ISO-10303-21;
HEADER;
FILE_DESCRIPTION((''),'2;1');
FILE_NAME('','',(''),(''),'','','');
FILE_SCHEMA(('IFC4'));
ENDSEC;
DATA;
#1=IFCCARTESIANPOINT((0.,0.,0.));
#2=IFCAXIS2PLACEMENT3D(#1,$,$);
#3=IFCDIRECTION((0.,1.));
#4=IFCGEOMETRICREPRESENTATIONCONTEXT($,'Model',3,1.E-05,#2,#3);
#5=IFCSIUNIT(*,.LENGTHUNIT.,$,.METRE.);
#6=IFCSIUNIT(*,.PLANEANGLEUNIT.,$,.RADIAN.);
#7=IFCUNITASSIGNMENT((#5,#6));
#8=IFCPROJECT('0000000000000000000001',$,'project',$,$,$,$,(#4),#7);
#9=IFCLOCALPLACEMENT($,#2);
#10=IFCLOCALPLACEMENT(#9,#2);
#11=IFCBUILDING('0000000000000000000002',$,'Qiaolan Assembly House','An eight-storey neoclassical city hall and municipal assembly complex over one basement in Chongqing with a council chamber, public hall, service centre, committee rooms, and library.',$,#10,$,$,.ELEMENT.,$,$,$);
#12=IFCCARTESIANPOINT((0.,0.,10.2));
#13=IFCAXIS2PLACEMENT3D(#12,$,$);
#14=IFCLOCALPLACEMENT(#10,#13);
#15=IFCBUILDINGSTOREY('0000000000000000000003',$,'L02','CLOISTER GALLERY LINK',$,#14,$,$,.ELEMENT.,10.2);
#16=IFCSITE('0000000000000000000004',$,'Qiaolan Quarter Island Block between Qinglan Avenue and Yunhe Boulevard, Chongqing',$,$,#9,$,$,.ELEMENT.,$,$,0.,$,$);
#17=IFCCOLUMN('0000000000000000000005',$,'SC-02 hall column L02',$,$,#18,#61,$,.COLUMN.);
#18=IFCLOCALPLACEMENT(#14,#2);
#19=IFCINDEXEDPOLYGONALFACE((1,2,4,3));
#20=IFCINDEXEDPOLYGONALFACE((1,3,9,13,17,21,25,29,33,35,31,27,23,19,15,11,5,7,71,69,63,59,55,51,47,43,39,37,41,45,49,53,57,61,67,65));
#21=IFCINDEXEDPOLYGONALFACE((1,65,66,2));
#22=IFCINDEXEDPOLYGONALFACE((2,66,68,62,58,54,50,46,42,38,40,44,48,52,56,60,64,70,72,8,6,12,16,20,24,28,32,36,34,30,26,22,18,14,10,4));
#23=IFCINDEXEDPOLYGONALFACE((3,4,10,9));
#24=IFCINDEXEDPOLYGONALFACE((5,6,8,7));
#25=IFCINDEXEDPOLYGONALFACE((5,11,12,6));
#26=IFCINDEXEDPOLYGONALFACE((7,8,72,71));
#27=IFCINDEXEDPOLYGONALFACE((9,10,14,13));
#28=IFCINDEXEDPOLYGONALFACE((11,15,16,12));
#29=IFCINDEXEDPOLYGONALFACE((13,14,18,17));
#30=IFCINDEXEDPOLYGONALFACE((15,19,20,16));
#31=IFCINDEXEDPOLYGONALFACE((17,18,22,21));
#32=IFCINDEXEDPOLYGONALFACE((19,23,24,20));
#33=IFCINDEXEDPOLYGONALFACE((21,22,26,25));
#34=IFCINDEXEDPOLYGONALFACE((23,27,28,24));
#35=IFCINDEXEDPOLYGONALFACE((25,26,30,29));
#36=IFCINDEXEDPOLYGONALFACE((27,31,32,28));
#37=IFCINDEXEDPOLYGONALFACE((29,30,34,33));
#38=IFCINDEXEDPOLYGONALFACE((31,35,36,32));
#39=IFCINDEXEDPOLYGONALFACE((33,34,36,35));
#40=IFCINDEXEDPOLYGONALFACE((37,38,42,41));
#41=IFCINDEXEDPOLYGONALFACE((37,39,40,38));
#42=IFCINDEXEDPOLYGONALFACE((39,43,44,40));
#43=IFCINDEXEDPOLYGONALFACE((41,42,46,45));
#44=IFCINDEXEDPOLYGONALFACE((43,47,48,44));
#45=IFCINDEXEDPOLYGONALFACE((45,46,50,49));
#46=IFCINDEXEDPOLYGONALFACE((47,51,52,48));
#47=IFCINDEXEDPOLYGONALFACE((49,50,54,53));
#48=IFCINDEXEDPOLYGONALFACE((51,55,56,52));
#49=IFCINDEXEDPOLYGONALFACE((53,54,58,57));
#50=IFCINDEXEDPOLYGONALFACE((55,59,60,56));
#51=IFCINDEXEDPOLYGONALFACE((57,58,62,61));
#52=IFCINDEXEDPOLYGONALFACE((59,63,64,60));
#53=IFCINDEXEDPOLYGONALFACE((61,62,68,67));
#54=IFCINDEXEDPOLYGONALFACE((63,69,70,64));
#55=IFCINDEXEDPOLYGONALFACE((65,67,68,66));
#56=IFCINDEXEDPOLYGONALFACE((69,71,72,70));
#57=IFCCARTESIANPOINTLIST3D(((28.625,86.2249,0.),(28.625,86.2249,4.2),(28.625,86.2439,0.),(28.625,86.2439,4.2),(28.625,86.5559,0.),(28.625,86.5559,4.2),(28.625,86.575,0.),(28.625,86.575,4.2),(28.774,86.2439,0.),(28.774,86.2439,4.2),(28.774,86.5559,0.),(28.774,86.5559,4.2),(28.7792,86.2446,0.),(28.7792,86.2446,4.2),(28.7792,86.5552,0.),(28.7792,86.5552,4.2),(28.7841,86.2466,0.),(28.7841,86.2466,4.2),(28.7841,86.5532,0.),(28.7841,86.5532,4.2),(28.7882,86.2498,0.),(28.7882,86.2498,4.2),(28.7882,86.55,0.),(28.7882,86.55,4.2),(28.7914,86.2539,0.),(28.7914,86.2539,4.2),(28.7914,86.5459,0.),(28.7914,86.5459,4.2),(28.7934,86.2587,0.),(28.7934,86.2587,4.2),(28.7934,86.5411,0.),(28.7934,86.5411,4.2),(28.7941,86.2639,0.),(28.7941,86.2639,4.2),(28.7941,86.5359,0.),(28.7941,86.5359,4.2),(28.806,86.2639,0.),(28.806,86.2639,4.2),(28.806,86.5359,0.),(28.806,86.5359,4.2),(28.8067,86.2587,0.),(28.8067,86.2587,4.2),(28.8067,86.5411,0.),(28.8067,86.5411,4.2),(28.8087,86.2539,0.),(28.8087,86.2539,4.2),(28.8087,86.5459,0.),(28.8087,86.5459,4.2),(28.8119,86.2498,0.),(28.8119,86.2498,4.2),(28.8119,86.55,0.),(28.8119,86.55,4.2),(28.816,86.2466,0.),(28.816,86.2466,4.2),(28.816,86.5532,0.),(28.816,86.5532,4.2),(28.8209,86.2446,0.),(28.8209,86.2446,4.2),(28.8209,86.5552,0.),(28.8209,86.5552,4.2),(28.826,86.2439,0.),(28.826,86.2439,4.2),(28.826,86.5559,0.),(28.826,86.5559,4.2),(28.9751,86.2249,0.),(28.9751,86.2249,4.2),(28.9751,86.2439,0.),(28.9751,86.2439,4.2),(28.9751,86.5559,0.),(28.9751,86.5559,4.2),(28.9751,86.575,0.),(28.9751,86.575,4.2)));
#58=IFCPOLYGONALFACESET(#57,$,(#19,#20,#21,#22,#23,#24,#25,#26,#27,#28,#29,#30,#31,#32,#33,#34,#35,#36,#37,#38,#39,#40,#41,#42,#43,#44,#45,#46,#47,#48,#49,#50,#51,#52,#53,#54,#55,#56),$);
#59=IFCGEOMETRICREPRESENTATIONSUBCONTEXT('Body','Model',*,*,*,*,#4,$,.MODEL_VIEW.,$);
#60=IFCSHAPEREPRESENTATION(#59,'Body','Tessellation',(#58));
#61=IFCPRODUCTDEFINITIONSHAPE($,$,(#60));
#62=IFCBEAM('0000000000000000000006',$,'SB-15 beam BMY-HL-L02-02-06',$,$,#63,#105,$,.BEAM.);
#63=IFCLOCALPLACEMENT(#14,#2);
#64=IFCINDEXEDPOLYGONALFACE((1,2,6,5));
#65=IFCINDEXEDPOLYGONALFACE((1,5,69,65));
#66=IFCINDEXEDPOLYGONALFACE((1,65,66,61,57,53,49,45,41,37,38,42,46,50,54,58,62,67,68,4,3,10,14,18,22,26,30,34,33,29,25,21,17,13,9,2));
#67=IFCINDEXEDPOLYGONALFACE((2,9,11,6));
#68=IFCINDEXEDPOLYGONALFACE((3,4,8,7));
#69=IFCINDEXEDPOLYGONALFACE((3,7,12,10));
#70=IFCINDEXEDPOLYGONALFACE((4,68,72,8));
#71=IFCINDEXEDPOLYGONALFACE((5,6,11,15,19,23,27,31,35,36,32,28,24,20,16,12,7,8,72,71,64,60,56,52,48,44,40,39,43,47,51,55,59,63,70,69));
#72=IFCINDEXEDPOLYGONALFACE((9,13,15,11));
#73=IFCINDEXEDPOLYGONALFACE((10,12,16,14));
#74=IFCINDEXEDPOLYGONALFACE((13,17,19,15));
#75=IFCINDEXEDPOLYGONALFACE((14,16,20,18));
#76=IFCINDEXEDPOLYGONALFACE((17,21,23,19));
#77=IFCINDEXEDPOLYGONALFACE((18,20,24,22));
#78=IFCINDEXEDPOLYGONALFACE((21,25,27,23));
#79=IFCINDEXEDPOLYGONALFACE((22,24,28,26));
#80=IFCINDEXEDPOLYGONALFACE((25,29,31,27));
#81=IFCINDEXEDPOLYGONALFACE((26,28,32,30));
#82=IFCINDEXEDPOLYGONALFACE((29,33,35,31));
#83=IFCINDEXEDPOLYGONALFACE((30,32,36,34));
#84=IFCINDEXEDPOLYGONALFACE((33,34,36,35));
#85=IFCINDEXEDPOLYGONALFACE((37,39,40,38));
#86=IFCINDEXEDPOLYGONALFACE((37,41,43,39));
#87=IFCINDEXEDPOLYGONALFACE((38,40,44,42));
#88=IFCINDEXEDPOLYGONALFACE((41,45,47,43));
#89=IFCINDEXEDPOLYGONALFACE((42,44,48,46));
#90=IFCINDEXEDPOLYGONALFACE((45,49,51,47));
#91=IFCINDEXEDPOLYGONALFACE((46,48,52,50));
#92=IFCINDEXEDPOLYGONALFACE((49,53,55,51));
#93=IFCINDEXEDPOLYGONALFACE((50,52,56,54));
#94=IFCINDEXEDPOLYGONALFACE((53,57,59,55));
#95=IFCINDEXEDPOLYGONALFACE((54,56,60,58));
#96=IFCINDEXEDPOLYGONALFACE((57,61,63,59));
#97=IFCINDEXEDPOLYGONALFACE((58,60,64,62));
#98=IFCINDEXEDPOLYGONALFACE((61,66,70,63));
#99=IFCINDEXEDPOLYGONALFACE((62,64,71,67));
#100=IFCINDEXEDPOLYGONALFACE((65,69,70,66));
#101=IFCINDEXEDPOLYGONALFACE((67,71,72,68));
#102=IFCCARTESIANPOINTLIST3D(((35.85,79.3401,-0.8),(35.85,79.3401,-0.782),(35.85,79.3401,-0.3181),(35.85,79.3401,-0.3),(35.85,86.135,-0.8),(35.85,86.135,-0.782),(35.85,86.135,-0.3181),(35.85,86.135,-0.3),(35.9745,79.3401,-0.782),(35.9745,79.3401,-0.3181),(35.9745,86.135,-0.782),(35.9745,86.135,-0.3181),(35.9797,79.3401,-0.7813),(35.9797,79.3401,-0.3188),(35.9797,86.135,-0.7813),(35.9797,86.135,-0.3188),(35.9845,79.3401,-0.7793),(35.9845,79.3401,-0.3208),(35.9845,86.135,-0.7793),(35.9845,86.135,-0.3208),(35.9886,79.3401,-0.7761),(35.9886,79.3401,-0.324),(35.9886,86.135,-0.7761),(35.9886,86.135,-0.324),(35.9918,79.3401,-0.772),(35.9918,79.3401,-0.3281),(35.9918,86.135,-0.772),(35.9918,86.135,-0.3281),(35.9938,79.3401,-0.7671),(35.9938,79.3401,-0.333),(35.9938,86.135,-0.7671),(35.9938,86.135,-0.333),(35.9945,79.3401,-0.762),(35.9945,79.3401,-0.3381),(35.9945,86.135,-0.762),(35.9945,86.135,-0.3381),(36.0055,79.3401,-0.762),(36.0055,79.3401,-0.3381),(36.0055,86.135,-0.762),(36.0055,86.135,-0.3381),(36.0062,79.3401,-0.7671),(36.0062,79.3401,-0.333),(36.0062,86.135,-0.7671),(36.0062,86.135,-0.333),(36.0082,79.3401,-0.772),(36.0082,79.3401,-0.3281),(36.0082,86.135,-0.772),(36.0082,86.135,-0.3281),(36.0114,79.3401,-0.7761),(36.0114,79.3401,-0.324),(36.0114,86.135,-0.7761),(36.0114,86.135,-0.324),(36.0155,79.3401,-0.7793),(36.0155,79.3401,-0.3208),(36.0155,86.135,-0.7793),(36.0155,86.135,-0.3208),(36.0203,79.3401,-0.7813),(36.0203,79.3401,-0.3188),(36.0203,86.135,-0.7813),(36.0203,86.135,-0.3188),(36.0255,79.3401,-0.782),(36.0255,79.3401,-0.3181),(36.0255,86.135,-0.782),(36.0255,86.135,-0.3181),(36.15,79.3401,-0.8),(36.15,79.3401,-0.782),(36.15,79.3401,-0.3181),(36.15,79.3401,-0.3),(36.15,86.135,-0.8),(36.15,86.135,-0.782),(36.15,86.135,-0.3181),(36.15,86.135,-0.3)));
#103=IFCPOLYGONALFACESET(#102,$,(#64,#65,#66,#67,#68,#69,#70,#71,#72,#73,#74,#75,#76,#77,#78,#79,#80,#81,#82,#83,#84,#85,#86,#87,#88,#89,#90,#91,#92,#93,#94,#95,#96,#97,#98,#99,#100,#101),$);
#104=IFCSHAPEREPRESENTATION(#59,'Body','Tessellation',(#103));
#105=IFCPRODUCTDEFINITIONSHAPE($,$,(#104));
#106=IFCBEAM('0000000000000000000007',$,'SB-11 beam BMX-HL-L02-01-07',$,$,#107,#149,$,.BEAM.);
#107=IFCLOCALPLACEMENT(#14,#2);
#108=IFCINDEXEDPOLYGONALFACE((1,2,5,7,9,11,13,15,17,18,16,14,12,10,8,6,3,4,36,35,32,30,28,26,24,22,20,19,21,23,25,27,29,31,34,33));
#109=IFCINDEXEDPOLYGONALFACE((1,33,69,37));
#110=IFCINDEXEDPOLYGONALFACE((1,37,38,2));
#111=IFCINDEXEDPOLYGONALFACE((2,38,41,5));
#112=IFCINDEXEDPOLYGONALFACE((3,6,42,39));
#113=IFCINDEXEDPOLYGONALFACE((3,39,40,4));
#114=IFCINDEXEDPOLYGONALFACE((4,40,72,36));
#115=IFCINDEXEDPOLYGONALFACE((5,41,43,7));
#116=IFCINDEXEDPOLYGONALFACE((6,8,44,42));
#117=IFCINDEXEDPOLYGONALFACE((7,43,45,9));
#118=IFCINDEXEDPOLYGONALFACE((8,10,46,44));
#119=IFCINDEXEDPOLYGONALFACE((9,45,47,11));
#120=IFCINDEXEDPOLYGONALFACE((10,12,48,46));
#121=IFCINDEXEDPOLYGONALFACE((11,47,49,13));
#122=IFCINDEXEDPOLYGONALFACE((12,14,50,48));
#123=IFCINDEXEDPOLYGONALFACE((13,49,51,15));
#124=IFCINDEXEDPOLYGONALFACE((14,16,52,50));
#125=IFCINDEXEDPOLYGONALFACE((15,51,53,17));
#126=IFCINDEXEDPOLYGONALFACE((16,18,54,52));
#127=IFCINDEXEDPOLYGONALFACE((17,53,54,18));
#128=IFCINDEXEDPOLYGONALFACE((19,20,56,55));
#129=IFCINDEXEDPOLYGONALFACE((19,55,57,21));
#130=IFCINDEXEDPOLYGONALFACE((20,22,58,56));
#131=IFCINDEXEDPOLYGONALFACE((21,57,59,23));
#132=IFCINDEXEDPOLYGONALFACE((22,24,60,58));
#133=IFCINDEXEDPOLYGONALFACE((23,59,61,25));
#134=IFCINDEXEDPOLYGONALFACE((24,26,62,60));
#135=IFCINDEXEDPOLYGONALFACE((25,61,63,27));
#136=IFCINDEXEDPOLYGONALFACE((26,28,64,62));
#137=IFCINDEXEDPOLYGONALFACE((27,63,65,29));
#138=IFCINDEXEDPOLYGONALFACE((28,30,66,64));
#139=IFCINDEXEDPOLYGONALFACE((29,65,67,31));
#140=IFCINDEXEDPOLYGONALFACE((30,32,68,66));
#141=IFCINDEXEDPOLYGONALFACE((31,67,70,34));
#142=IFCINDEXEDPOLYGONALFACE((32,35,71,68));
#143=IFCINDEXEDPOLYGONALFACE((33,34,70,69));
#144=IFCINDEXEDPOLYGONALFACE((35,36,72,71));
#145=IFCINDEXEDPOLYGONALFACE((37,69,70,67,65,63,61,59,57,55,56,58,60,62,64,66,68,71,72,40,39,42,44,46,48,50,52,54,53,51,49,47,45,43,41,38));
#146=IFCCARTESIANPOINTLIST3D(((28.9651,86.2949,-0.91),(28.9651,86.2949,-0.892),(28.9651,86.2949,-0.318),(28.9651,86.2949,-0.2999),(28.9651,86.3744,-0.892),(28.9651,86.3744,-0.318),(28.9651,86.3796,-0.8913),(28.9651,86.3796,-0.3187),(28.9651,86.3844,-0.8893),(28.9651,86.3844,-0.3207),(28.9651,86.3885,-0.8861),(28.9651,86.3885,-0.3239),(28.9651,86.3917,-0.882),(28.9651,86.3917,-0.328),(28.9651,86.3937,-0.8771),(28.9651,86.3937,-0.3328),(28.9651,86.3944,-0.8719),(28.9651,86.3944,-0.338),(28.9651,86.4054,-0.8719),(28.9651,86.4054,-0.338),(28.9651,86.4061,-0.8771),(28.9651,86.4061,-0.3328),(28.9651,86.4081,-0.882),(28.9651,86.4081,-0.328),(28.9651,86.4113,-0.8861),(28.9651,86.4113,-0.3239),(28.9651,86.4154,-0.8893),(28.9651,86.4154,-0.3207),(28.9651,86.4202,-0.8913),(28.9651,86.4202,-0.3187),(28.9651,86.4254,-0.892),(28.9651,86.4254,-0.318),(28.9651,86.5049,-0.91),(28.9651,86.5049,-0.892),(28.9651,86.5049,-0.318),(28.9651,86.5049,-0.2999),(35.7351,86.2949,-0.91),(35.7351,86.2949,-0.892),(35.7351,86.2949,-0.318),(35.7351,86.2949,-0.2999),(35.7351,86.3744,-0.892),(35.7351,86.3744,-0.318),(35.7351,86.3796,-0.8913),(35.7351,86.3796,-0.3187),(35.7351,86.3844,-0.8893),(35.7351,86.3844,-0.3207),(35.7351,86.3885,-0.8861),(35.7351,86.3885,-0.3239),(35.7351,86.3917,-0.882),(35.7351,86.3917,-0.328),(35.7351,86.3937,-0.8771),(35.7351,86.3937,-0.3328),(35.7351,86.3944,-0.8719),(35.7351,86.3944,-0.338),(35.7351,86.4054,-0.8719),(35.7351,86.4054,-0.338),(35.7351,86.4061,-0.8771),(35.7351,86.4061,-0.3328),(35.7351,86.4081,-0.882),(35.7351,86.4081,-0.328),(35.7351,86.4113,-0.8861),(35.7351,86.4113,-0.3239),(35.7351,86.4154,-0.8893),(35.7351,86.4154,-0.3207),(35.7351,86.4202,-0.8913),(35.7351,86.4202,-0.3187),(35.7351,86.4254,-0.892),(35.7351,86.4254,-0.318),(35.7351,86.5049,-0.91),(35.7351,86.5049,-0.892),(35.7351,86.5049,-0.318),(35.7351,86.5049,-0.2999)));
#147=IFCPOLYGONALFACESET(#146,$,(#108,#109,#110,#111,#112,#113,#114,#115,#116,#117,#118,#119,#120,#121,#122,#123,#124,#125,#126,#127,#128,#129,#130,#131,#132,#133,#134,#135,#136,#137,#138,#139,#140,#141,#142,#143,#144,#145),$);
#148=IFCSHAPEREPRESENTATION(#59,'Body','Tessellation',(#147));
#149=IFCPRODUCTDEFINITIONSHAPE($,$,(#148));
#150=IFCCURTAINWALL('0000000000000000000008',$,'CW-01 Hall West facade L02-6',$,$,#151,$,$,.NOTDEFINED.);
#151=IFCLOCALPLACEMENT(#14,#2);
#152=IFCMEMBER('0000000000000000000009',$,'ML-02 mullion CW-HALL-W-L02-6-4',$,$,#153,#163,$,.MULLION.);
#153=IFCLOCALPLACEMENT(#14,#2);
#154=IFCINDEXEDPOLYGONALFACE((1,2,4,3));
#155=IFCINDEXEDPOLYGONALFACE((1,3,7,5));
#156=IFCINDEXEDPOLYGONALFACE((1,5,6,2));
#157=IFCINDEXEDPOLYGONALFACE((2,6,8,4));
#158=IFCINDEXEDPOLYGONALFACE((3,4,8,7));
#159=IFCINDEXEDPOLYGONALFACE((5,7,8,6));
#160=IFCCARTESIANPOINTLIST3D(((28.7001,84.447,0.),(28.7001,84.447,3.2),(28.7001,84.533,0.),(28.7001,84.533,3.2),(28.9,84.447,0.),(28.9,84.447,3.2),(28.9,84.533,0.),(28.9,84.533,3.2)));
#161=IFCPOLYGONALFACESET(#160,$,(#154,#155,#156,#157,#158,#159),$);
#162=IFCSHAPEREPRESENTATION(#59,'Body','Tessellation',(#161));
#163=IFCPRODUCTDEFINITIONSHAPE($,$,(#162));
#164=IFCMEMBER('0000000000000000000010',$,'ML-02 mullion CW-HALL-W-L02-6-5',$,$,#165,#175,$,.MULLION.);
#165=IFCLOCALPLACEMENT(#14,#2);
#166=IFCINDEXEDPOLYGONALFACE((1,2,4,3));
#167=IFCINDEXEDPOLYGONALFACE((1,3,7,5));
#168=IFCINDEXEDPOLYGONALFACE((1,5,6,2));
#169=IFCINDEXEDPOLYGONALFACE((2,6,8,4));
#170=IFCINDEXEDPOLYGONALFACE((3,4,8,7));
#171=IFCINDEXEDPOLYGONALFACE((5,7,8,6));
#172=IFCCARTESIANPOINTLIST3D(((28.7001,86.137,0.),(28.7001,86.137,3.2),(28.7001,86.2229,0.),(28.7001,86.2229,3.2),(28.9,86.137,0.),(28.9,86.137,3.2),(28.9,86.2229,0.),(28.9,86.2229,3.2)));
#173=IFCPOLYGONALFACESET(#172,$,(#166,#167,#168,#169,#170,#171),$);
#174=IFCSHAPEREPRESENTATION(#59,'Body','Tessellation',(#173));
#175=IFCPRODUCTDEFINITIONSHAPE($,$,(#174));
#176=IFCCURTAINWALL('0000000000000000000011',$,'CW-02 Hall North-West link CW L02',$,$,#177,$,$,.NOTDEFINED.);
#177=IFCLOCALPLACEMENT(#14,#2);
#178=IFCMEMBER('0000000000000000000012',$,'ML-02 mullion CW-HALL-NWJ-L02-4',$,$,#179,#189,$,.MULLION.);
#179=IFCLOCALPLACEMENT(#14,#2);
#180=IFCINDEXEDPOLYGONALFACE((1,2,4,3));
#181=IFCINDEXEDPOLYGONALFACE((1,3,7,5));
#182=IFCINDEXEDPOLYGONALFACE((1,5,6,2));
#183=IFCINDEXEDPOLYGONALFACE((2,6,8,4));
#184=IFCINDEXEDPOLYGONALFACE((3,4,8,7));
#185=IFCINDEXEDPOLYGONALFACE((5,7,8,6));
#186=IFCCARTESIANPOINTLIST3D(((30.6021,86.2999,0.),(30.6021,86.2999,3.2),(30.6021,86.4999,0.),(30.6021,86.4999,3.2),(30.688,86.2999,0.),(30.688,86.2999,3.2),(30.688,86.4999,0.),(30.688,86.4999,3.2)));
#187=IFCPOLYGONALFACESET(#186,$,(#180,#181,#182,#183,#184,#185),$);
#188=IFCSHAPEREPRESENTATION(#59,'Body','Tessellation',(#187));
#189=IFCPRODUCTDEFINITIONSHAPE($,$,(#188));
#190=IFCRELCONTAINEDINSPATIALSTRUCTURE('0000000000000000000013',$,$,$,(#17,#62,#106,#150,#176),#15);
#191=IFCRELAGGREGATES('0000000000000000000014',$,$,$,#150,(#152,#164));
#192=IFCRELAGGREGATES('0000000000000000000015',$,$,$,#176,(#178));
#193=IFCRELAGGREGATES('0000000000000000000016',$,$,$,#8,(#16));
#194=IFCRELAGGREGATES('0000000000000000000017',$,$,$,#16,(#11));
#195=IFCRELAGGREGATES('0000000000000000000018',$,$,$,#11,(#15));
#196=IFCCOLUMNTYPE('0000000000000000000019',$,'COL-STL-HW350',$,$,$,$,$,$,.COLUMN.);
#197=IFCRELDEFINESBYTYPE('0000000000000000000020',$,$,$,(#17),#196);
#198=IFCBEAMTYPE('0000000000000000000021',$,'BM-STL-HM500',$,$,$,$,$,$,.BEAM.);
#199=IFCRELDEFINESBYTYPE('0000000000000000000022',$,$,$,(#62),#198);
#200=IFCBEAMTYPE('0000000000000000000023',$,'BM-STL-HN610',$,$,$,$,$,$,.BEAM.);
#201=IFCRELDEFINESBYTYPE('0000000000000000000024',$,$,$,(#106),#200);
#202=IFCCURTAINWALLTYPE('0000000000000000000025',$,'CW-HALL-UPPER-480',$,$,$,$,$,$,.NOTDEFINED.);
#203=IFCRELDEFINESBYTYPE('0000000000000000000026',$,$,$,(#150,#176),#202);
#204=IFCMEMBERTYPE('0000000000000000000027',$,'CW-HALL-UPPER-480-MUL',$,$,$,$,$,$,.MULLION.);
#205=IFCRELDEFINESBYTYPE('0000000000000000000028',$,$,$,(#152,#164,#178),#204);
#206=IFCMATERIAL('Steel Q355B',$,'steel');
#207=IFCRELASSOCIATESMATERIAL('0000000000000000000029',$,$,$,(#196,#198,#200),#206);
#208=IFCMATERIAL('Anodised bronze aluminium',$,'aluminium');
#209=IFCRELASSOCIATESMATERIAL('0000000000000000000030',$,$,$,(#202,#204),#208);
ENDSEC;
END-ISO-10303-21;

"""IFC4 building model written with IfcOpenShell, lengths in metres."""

from ifc_helpers import new_model, si_unit, direction, frame, origin, origin_2d, place, context, subcontext, project, spatial, rectangle, i_section, extrude, material, material_profile, profile_set, type_object, element, aggregate, save


model = new_model("IFC4")

# Units and contexts
model_context = context("Model", 3, precision=1e-05, world=origin(), true_north=direction((0.0, 1.0)))
body_context = subcontext(model_context, "Body", "Model", "MODEL_VIEW")
ifc_project = project(units=[si_unit("LENGTHUNIT", "METRE"), si_unit("PLANEANGLEUNIT", "RADIAN")], contexts=[model_context])

# Site, building, storey
site_placement = place(None, origin())
site = spatial("IfcSite", under=ifc_project, at=site_placement, Name="Qiaolan Quarter Island Block between Qinglan Avenue and Yunhe Boulevard, Chongqing", CompositionType="ELEMENT", RefElevation=0.0)
building_placement = place(site_placement, origin())
building = spatial("IfcBuilding", under=site, at=building_placement, Name="Qiaolan Assembly House", Description="An eight-storey neoclassical city hall and municipal assembly complex over one basement in Chongqing with a council chamber, public hall, service centre, committee rooms, and library.", CompositionType="ELEMENT")
storey_placement = place(building_placement, frame((0.0, 0.0, 10.2)))
storey = spatial("IfcBuildingStorey", under=building, at=storey_placement, Name="L02", Description="CLOISTER GALLERY LINK", CompositionType="ELEMENT", Elevation=10.2)

# Column
ifc_material_1 = material(Name="Steel Q355B", Category="steel")
ifc_material_profile_1 = material_profile(ifc_material_1, i_section(OverallWidth=0.3501, OverallDepth=0.3501, WebThickness=0.012, FlangeThickness=0.019, FilletRadius=0.02, at=origin_2d()), Name="HW 350x350x12x19")
ifc_profile_set_1 = profile_set([ifc_material_profile_1], Name="Steel Q355B")
column_type = type_object("IfcColumnType", Name="COL-STL-HW350", PredefinedType="COLUMN", material=ifc_profile_set_1)
column_placement = place(storey_placement, frame((28.8, 86.3999, 0.0), z_axis=(0.0, 0.0, 1.0), x_axis=(1.0, 0.0, 0.0)))
element("IfcColumn", 1, at=column_placement, inside=storey, type_object=column_type, Name="SC-02 hall column L02", PredefinedType="COLUMN", context=body_context, shape_type="SweptSolid", body=[
    extrude(i_section(OverallWidth=0.3501, OverallDepth=0.3501, WebThickness=0.012, FlangeThickness=0.019, FilletRadius=0.02, at=origin_2d()), origin(), (0.0, 0.0, 1.0), 4.2),
])

# Beams
ifc_material_profile_2 = material_profile(ifc_material_1, i_section(OverallWidth=0.3, OverallDepth=0.5, WebThickness=0.011, FlangeThickness=0.0181, FilletRadius=0.02, at=origin_2d()), Name="HM 500x300x11x18")
ifc_profile_set_2 = profile_set([ifc_material_profile_2], Name="Steel Q355B")
beam_type_1 = type_object("IfcBeamType", Name="BM-STL-HM500", PredefinedType="BEAM", material=ifc_profile_set_2)
beam_1_placement = place(storey_placement, frame((36.0, 79.3401, -0.55), z_axis=(0.0, 1.0, 0.0), x_axis=(-1.0, 0.0, 0.0)))
element("IfcBeam", 2, at=beam_1_placement, inside=storey, type_object=beam_type_1, Name="SB-15 beam BMY-HL-L02-02-06", PredefinedType="BEAM", context=body_context, shape_type="SweptSolid", body=[
    extrude(i_section(OverallWidth=0.3, OverallDepth=0.5, WebThickness=0.011, FlangeThickness=0.0181, FilletRadius=0.02, at=origin_2d()), origin(), (0.0, 0.0, 1.0), 6.7949),
])
ifc_material_profile_3 = material_profile(ifc_material_1, i_section(OverallWidth=0.21, OverallDepth=0.6101, WebThickness=0.011, FlangeThickness=0.0181, FilletRadius=0.02, at=origin_2d()), Name="HN 610x210x11x18")
ifc_profile_set_3 = profile_set([ifc_material_profile_3], Name="Steel Q355B")
beam_type_2 = type_object("IfcBeamType", Name="BM-STL-HN610", PredefinedType="BEAM", material=ifc_profile_set_3)
beam_2_placement = place(storey_placement, frame((28.9651, 86.3999, -0.605), z_axis=(1.0, 0.0, 0.0), x_axis=(0.0, 1.0, 0.0)))
element("IfcBeam", 3, at=beam_2_placement, inside=storey, type_object=beam_type_2, Name="SB-11 beam BMX-HL-L02-01-07", PredefinedType="BEAM", context=body_context, shape_type="SweptSolid", body=[
    extrude(i_section(OverallWidth=0.21, OverallDepth=0.6101, WebThickness=0.011, FlangeThickness=0.0181, FilletRadius=0.02, at=origin_2d()), origin(), (0.0, 0.0, 1.0), 6.77),
])

# Curtain walls, members
ifc_material_2 = material(Name="Anodised bronze aluminium", Category="aluminium")
curtain_wall_type = type_object("IfcCurtainWallType", Name="CW-HALL-UPPER-480", PredefinedType="NOTDEFINED", material=ifc_material_2)
curtain_wall_1_placement = place(storey_placement, origin())
curtain_wall_1 = element("IfcCurtainWall", 4, at=curtain_wall_1_placement, inside=storey, type_object=curtain_wall_type, Name="CW-01 Hall West facade L02-6", PredefinedType="NOTDEFINED")
ifc_material_profile_4 = material_profile(ifc_material_2, rectangle(XDim=0.0859, YDim=0.2, at=origin_2d()), Name="MUL 86x200")
ifc_profile_set_4 = profile_set([ifc_material_profile_4], Name="Anodised bronze aluminium")
member_type_1 = type_object("IfcMemberType", Name="CW-HALL-UPPER-480-MUL", PredefinedType="MULLION", material=ifc_profile_set_4)
member_1_placement = place(storey_placement, frame((28.8, 84.49, 0.0), z_axis=(0.0, 0.0, 1.0), x_axis=(0.0, 1.0, 0.0)))
member_1 = element("IfcMember", 5, at=member_1_placement, type_object=member_type_1, Name="ML-02 mullion CW-HALL-W-L02-6-4", PredefinedType="MULLION", context=body_context, shape_type="SweptSolid", body=[
    extrude(rectangle(XDim=0.0859, YDim=0.2, at=origin_2d()), origin(), (0.0, 0.0, 1.0), 3.2),
])
member_2_placement = place(storey_placement, frame((28.8, 86.1799, 0.0), z_axis=(0.0, 0.0, 1.0), x_axis=(0.0, 1.0, 0.0)))
member_2 = element("IfcMember", 6, at=member_2_placement, type_object=member_type_1, Name="ML-02 mullion CW-HALL-W-L02-6-5", PredefinedType="MULLION", context=body_context, shape_type="SweptSolid", body=[
    extrude(rectangle(XDim=0.0859, YDim=0.2, at=origin_2d()), origin(), (0.0, 0.0, 1.0), 3.2),
])
curtain_wall_2_placement = place(storey_placement, origin())
curtain_wall_2 = element("IfcCurtainWall", 7, at=curtain_wall_2_placement, inside=storey, type_object=curtain_wall_type, Name="CW-02 Hall North-West link CW L02", PredefinedType="NOTDEFINED")
member_3_placement = place(storey_placement, frame((30.645, 86.3999, 0.0), z_axis=(0.0, 0.0, 1.0), x_axis=(-1.0, 0.0, 0.0)))
member_3 = element("IfcMember", 8, at=member_3_placement, type_object=member_type_1, Name="ML-02 mullion CW-HALL-NWJ-L02-4", PredefinedType="MULLION", context=body_context, shape_type="SweptSolid", body=[
    extrude(rectangle(XDim=0.0859, YDim=0.2, at=origin_2d()), origin(), (0.0, 0.0, 1.0), 3.2),
])

aggregate(curtain_wall_1, [member_1, member_2])
aggregate(curtain_wall_2, [member_3])

save(model, "model.ifc")
